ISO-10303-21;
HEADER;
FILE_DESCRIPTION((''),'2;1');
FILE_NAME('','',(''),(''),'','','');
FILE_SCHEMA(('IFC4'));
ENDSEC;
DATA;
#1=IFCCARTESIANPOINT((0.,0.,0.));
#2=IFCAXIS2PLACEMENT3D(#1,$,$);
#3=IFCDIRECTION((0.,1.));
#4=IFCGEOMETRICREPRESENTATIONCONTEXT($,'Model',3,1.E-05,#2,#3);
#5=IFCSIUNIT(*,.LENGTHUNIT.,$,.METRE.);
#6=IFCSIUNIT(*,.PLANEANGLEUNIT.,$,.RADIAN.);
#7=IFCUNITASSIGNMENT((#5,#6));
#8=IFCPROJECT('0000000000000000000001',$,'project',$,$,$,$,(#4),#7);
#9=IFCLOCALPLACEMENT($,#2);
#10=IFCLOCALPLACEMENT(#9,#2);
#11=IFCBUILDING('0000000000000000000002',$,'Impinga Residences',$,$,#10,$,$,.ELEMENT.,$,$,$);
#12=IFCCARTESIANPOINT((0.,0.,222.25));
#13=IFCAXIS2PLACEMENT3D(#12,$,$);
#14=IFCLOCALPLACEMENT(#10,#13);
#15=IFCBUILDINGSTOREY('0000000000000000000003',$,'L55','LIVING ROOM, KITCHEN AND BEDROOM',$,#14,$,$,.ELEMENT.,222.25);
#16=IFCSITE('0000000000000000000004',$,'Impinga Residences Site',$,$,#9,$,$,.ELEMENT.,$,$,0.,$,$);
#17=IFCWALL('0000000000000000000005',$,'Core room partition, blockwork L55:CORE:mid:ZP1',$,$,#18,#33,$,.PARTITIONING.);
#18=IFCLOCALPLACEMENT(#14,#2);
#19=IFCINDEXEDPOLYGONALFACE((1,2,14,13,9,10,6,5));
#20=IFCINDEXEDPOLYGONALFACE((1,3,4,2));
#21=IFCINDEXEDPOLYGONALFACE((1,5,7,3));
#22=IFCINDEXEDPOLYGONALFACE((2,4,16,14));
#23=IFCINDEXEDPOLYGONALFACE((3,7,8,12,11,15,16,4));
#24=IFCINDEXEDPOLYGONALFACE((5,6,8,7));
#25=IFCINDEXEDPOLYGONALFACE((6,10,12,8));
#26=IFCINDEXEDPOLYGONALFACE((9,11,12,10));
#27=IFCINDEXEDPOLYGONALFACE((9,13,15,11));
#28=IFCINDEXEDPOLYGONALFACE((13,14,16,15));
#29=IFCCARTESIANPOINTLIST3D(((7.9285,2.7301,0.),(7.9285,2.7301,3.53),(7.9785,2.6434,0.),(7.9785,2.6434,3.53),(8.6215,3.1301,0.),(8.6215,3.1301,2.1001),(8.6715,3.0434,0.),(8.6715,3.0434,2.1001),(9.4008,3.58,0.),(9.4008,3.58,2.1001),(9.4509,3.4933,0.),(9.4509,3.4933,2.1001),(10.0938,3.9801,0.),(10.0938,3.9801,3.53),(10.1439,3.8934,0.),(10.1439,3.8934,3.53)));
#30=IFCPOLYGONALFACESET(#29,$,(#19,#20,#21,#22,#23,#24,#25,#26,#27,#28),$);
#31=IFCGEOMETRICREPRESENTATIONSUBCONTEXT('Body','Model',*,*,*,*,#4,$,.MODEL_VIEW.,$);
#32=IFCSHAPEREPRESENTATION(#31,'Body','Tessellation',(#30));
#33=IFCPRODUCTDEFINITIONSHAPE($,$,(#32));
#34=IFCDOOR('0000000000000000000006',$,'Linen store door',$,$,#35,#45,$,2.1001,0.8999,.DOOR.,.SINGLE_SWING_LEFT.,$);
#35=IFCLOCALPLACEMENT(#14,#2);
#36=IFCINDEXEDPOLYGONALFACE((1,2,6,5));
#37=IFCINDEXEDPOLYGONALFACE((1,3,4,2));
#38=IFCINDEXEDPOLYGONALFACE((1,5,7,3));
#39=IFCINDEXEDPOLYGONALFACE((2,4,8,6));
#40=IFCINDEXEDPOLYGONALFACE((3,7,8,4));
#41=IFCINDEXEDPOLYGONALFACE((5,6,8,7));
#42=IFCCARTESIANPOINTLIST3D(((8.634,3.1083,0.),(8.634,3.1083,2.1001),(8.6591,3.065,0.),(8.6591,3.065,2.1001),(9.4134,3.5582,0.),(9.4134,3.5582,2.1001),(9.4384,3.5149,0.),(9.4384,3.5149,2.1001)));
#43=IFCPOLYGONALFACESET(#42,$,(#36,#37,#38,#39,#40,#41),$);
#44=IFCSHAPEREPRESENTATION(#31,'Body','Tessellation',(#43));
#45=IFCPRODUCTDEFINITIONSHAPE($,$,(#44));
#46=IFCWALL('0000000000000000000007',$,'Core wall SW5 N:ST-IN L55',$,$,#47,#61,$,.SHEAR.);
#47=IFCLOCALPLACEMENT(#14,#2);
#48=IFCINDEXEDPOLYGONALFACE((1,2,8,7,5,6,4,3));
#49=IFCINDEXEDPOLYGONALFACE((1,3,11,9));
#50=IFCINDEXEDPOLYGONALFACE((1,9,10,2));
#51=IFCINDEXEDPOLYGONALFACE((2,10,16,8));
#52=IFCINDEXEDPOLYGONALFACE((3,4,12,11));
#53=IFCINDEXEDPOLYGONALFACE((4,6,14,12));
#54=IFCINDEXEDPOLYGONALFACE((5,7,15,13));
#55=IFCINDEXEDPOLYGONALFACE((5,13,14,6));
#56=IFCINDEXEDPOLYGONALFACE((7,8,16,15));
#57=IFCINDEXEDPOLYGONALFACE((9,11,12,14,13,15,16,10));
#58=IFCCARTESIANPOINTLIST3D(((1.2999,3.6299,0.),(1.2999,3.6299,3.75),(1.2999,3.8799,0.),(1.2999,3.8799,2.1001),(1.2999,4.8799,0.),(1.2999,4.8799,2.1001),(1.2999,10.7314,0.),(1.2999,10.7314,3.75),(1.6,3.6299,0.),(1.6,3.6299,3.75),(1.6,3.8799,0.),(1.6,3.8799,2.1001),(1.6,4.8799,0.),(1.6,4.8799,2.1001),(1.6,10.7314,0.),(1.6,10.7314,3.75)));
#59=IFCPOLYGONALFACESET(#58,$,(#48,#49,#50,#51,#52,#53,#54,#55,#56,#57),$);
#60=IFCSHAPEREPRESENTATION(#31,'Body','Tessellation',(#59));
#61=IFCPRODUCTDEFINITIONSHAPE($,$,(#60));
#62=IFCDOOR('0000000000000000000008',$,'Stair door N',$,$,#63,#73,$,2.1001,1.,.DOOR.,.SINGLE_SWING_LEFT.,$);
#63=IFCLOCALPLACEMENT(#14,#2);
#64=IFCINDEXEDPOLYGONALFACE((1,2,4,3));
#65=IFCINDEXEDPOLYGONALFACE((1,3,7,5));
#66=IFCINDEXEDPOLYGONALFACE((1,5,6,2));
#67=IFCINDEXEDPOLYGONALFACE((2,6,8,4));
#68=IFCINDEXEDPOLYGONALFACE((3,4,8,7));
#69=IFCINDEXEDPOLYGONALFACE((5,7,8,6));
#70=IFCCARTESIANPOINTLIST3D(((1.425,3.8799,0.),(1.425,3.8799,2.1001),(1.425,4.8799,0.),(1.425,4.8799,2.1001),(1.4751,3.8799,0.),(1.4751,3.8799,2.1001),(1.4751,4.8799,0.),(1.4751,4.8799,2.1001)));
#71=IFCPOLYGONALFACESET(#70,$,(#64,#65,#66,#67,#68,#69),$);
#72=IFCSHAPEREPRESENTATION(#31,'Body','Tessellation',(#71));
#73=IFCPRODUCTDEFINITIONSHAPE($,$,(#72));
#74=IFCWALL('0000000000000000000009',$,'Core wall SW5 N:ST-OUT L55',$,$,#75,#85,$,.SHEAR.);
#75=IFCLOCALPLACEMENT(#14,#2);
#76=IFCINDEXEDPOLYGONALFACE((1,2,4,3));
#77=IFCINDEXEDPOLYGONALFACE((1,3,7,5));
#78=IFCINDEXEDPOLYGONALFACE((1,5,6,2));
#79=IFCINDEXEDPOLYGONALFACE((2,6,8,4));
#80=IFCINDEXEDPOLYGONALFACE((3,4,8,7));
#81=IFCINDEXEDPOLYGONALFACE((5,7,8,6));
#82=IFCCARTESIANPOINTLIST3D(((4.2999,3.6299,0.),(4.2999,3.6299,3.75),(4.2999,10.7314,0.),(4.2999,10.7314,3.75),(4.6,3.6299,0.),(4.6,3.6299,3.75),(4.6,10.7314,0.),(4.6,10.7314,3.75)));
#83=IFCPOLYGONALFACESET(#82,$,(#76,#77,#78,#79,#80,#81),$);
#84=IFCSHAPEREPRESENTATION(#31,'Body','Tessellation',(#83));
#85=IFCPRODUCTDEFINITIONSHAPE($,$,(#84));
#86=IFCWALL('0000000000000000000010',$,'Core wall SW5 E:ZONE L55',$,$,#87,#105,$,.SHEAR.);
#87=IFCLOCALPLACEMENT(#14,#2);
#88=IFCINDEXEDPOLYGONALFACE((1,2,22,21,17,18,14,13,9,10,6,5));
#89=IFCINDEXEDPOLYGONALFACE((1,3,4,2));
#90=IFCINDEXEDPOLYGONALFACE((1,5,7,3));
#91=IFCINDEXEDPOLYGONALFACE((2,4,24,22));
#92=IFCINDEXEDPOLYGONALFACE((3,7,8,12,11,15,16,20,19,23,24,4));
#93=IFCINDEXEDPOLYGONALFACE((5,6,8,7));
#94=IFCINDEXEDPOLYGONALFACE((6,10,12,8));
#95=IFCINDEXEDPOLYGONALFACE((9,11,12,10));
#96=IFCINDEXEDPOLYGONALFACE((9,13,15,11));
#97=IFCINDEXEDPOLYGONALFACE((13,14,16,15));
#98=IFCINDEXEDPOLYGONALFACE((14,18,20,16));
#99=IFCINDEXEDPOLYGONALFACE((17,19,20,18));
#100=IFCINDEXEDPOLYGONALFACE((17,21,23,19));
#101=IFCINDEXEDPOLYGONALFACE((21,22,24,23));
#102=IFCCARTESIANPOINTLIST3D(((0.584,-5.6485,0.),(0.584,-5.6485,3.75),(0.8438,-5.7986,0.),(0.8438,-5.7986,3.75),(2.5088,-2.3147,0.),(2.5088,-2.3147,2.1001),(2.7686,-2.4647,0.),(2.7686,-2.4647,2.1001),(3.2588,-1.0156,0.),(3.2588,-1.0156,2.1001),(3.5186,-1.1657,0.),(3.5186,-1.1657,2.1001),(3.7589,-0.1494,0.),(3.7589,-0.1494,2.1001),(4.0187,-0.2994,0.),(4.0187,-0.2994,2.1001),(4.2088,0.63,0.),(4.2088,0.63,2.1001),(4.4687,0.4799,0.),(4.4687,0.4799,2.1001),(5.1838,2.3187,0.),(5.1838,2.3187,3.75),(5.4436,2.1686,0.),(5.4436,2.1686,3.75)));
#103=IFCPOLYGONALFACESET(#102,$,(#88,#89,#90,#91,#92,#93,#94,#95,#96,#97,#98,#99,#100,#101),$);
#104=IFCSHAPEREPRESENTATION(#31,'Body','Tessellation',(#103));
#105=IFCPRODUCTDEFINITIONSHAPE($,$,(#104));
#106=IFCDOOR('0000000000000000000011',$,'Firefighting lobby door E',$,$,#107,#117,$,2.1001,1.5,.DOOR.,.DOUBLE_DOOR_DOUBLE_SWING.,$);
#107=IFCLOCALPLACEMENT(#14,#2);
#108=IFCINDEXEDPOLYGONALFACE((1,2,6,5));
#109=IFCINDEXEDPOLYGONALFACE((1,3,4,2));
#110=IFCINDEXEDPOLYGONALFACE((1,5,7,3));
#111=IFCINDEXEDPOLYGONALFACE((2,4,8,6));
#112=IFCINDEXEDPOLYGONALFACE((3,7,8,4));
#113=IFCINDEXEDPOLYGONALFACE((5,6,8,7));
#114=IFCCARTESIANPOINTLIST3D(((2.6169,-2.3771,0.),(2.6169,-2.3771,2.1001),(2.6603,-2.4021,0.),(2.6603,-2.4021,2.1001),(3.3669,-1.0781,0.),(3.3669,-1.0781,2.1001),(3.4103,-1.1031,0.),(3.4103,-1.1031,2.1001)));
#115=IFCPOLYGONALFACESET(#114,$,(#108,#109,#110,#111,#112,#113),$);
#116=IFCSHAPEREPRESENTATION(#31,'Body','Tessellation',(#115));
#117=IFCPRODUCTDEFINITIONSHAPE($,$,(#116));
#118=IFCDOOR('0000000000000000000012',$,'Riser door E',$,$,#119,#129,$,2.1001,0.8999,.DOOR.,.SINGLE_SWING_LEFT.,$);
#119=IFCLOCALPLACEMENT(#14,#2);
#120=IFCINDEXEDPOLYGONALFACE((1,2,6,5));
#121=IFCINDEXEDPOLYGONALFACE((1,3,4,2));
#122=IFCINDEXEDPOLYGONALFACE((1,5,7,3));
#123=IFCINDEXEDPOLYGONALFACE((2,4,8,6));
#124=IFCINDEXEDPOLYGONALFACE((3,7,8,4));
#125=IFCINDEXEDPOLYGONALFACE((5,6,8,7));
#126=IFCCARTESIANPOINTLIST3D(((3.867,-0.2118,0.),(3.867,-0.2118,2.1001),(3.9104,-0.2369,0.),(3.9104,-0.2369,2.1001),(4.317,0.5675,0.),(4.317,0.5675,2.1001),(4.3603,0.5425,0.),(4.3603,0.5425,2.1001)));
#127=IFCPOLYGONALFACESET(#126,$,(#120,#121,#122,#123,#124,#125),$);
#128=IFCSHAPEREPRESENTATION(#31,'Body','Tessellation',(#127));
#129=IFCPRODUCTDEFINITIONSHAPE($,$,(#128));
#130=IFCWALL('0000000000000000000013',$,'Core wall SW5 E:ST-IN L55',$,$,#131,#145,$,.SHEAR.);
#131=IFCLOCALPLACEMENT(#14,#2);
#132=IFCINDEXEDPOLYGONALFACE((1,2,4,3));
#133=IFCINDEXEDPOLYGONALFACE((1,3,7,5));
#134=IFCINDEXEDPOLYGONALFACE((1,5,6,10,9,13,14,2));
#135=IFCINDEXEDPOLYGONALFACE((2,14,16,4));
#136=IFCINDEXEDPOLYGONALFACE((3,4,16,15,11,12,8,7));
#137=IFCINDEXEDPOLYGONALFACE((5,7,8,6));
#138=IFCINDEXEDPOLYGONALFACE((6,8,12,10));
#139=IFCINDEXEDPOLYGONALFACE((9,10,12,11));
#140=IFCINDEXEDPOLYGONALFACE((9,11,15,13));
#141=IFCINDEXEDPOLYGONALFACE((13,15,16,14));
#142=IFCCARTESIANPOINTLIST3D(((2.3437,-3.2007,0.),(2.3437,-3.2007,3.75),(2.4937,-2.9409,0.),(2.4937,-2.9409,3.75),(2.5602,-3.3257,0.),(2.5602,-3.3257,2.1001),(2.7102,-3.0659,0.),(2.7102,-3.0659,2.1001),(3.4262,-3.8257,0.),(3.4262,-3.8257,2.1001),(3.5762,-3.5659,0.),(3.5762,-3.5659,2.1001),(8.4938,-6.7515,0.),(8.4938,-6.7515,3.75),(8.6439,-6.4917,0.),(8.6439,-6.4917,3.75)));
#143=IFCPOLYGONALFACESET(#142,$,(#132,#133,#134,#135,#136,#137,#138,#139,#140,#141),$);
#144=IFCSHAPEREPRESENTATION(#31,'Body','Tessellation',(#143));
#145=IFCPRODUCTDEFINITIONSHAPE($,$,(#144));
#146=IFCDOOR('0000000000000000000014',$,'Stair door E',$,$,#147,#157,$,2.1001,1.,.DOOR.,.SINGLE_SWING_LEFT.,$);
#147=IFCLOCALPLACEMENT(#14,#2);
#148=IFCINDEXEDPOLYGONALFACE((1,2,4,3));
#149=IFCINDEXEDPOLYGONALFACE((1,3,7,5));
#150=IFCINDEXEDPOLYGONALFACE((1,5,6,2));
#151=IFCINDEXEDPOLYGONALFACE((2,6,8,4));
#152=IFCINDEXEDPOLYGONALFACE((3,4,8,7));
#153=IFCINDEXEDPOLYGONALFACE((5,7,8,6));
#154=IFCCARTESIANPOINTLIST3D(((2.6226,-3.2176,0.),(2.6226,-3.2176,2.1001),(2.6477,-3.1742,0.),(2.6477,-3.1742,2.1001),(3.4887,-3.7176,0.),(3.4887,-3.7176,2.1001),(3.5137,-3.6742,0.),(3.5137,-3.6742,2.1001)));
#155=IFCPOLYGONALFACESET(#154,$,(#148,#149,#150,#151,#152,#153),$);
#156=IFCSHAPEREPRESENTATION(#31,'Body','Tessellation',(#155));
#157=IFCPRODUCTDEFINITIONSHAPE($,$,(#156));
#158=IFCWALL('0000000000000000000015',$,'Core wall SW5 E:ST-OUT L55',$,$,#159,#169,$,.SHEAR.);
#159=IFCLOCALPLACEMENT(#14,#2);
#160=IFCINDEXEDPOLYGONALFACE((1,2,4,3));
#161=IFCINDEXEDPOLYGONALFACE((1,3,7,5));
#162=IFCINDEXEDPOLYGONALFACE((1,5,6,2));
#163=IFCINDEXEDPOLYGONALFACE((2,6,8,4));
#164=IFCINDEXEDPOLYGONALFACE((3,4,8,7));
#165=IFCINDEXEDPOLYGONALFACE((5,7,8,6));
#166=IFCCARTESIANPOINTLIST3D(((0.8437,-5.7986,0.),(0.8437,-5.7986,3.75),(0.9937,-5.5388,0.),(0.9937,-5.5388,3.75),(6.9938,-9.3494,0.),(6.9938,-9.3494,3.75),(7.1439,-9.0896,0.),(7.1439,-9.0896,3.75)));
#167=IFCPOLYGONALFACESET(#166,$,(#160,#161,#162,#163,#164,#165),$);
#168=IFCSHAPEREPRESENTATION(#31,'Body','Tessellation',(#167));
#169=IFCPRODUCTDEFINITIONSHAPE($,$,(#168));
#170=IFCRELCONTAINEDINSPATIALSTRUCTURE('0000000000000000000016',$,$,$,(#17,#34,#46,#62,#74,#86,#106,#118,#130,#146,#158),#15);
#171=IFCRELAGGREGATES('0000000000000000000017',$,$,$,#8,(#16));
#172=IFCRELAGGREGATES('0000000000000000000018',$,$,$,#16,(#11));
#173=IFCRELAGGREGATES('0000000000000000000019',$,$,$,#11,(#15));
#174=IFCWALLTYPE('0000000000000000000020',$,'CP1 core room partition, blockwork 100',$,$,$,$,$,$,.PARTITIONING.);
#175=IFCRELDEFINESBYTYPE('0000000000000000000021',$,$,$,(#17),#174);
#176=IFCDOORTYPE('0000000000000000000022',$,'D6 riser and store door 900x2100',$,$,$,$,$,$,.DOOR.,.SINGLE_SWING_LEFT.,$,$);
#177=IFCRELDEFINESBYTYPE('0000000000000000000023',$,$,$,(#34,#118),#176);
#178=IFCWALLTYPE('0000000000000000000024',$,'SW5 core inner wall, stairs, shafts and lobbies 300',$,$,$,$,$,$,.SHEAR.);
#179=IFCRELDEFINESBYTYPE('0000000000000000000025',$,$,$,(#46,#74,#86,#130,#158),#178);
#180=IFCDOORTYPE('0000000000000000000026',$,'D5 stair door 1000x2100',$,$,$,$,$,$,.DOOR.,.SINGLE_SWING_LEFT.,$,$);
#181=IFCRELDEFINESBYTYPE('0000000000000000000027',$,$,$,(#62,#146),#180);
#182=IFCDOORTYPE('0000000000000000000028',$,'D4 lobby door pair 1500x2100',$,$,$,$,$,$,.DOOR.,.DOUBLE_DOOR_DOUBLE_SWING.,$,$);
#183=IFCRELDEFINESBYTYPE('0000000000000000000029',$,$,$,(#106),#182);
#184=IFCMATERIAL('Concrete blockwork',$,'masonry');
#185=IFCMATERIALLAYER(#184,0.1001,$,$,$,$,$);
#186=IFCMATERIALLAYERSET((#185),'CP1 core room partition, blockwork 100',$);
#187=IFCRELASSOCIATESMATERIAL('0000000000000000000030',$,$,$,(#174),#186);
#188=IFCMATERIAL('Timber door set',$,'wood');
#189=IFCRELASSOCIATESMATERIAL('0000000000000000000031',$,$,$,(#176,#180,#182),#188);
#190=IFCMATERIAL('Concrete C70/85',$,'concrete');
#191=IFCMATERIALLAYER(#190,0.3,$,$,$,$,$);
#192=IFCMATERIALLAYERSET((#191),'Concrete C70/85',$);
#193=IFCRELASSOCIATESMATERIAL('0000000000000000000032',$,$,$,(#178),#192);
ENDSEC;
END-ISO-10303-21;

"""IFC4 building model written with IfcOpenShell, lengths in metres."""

from ifc_helpers import new_model, si_unit, direction, frame, frame_2d, origin, place, context, subcontext, project, spatial, rectangle, extrude, material, layer, layer_set, type_object, element, fill, save


model = new_model("IFC4")

# Units and contexts
model_context = context("Model", 3, precision=1e-05, world=origin(), true_north=direction((0.0, 1.0)))
body_context = subcontext(model_context, "Body", "Model", "MODEL_VIEW")
ifc_project = project(units=[si_unit("LENGTHUNIT", "METRE"), si_unit("PLANEANGLEUNIT", "RADIAN")], contexts=[model_context])

# Site, building, storey
site_placement = place(None, origin())
site = spatial("IfcSite", under=ifc_project, at=site_placement, Name="Impinga Residences Site", CompositionType="ELEMENT", RefElevation=0.0)
building_placement = place(site_placement, origin())
building = spatial("IfcBuilding", under=site, at=building_placement, Name="Impinga Residences", CompositionType="ELEMENT")
storey_placement = place(building_placement, frame((0.0, 0.0, 222.25)))
storey = spatial("IfcBuildingStorey", under=building, at=storey_placement, Name="L55", Description="LIVING ROOM, KITCHEN AND BEDROOM", CompositionType="ELEMENT", Elevation=222.25)

# Walls, openings, doors
ifc_material_1 = material(Name="Concrete blockwork", Category="masonry")
ifc_layer_1 = layer(ifc_material_1, 0.1001)
ifc_layer_set_1 = layer_set([ifc_layer_1], Name="CP1 core room partition, blockwork 100")
wall_type_1 = type_object("IfcWallType", Name="CP1 core room partition, blockwork 100", PredefinedType="PARTITIONING", material=ifc_layer_set_1)
wall_1_placement = place(storey_placement, frame((7.9536, 2.6868, 0.0), z_axis=(0.0, 0.0, 1.0), x_axis=(0.866047, 0.499962, 0.0)))
wall_1 = element("IfcWall", 1, at=wall_1_placement, inside=storey, type_object=wall_type_1, Name="Core room partition, blockwork L55:CORE:mid:ZP1", PredefinedType="PARTITIONING", context=body_context, shape_type="SweptSolid", body=[
    extrude(rectangle(XDim=2.5002, YDim=0.1001, at=frame_2d((1.25, 0.0))), origin(), (0.0, 0.0, 1.0), 3.53),
])
opening_1_placement = place(wall_1_placement, frame((0.8, 0.0, 0.0)))
opening_1 = element("IfcOpeningElement", 2, at=opening_1_placement, cuts=wall_1, PredefinedType="OPENING", context=body_context, shape_type="SweptSolid", body=[
    extrude(rectangle(XDim=0.8999, YDim=2.1001, at=frame_2d((0.45, 1.05))), frame((0.0, 0.0601, 0.0), z_axis=(0.0, -1.0, 0.0), x_axis=(1.0, 0.0, 0.0)), (0.0, 0.0, 1.0), 0.1201),
])
ifc_material_2 = material(Name="Timber door set", Category="wood")
door_type_1 = type_object("IfcDoorType", Name="D6 riser and store door 900x2100", OperationType="SINGLE_SWING_LEFT", PredefinedType="DOOR", material=ifc_material_2)
door_1_placement = place(opening_1_placement, origin())
door_1 = element("IfcDoor", 3, at=door_1_placement, inside=storey, type_object=door_type_1, Name="Linen store door", OperationType="SINGLE_SWING_LEFT", OverallHeight=2.1001, OverallWidth=0.8999, PredefinedType="DOOR", context=body_context, shape_type="SweptSolid", body=[
    extrude(rectangle(XDim=0.8999, YDim=2.1001, at=frame_2d((0.45, 1.05))), frame((0.0, 0.0249, 0.0), z_axis=(0.0, -1.0, 0.0), x_axis=(1.0, 0.0, 0.0)), (0.0, 0.0, 1.0), 0.05),
])
fill(opening_1, door_1)
ifc_material_3 = material(Name="Concrete C70/85", Category="concrete")
ifc_layer_2 = layer(ifc_material_3, 0.3)
ifc_layer_set_2 = layer_set([ifc_layer_2], Name="Concrete C70/85")
wall_type_2 = type_object("IfcWallType", Name="SW5 core inner wall, stairs, shafts and lobbies 300", PredefinedType="SHEAR", material=ifc_layer_set_2)
wall_2_placement = place(storey_placement, frame((1.45, 3.6299, 0.0), z_axis=(0.0, 0.0, 1.0), x_axis=(0.0, 1.0, 0.0)))
wall_2 = element("IfcWall", 4, at=wall_2_placement, inside=storey, type_object=wall_type_2, Name="Core wall SW5 N:ST-IN L55", PredefinedType="SHEAR", context=body_context, shape_type="SweptSolid", body=[
    extrude(rectangle(XDim=7.1016, YDim=0.3, at=frame_2d((3.5508, 0.0))), origin(), (0.0, 0.0, 1.0), 3.75),
])
opening_2_placement = place(wall_2_placement, frame((0.25, 0.0, 0.0)))
opening_2 = element("IfcOpeningElement", 5, at=opening_2_placement, cuts=wall_2, PredefinedType="OPENING", context=body_context, shape_type="SweptSolid", body=[
    extrude(rectangle(XDim=1.0, YDim=2.1001, at=frame_2d((0.5, 1.05))), frame((0.0, 0.1599, 0.0), z_axis=(0.0, -1.0, 0.0), x_axis=(1.0, 0.0, 0.0)), (0.0, 0.0, 1.0), 0.3201),
])
door_type_2 = type_object("IfcDoorType", Name="D5 stair door 1000x2100", OperationType="SINGLE_SWING_LEFT", PredefinedType="DOOR", material=ifc_material_2)
door_2_placement = place(opening_2_placement, origin())
door_2 = element("IfcDoor", 6, at=door_2_placement, inside=storey, type_object=door_type_2, Name="Stair door N", OperationType="SINGLE_SWING_LEFT", OverallHeight=2.1001, OverallWidth=1.0, PredefinedType="DOOR", context=body_context, shape_type="SweptSolid", body=[
    extrude(rectangle(XDim=1.0, YDim=2.1001, at=frame_2d((0.5, 1.05))), frame((0.0, 0.0249, 0.0), z_axis=(0.0, -1.0, 0.0), x_axis=(1.0, 0.0, 0.0)), (0.0, 0.0, 1.0), 0.05),
])
fill(opening_2, door_2)

# Wall
wall_3_placement = place(storey_placement, frame((4.45, 3.6299, 0.0), z_axis=(0.0, 0.0, 1.0), x_axis=(0.0, 1.0, 0.0)))
element("IfcWall", 7, at=wall_3_placement, inside=storey, type_object=wall_type_2, Name="Core wall SW5 N:ST-OUT L55", PredefinedType="SHEAR", context=body_context, shape_type="SweptSolid", body=[
    extrude(rectangle(XDim=7.1016, YDim=0.3, at=frame_2d((3.5508, 0.0))), origin(), (0.0, 0.0, 1.0), 3.75),
])

# Wall, openings, doors
wall_4_placement = place(storey_placement, frame((5.3137, 2.2437, 0.0), z_axis=(0.0, 0.0, 1.0), x_axis=(-0.499995, -0.866028, 0.0)))
wall_4 = element("IfcWall", 8, at=wall_4_placement, inside=storey, type_object=wall_type_2, Name="Core wall SW5 E:ZONE L55", PredefinedType="SHEAR", context=body_context, shape_type="SweptSolid", body=[
    extrude(rectangle(XDim=9.1997, YDim=0.3, at=frame_2d((4.5999, 0.0))), origin(), (0.0, 0.0, 1.0), 3.75),
])
opening_3_placement = place(wall_4_placement, frame((3.8501, 0.0, 0.0)))
opening_3 = element("IfcOpeningElement", 9, at=opening_3_placement, cuts=wall_4, PredefinedType="OPENING", context=body_context, shape_type="SweptSolid", body=[
    extrude(rectangle(XDim=1.5, YDim=2.1001, at=frame_2d((0.75, 1.05))), frame((0.0, 0.1599, 0.0), z_axis=(0.0, -1.0, 0.0), x_axis=(1.0, 0.0, 0.0)), (0.0, 0.0, 1.0), 0.3201),
])
opening_4_placement = place(wall_4_placement, frame((1.95, 0.0, 0.0)))
opening_4 = element("IfcOpeningElement", 10, at=opening_4_placement, cuts=wall_4, PredefinedType="OPENING", context=body_context, shape_type="SweptSolid", body=[
    extrude(rectangle(XDim=0.8999, YDim=2.1001, at=frame_2d((0.45, 1.05))), frame((0.0, 0.1599, 0.0), z_axis=(0.0, -1.0, 0.0), x_axis=(1.0, 0.0, 0.0)), (0.0, 0.0, 1.0), 0.3201),
])
door_type_3 = type_object("IfcDoorType", Name="D4 lobby door pair 1500x2100", OperationType="DOUBLE_DOOR_DOUBLE_SWING", PredefinedType="DOOR", material=ifc_material_2)
door_3_placement = place(opening_3_placement, origin())
door_3 = element("IfcDoor", 11, at=door_3_placement, inside=storey, type_object=door_type_3, Name="Firefighting lobby door E", OperationType="DOUBLE_DOOR_DOUBLE_SWING", OverallHeight=2.1001, OverallWidth=1.5, PredefinedType="DOOR", context=body_context, shape_type="SweptSolid", body=[
    extrude(rectangle(XDim=1.5, YDim=2.1001, at=frame_2d((0.75, 1.05))), frame((0.0, 0.0249, 0.0), z_axis=(0.0, -1.0, 0.0), x_axis=(1.0, 0.0, 0.0)), (0.0, 0.0, 1.0), 0.05),
])
fill(opening_3, door_3)
door_4_placement = place(opening_4_placement, origin())
door_4 = element("IfcDoor", 12, at=door_4_placement, inside=storey, type_object=door_type_1, Name="Riser door E", OperationType="SINGLE_SWING_LEFT", OverallHeight=2.1001, OverallWidth=0.8999, PredefinedType="DOOR", context=body_context, shape_type="SweptSolid", body=[
    extrude(rectangle(XDim=0.8999, YDim=2.1001, at=frame_2d((0.45, 1.05))), frame((0.0, 0.0249, 0.0), z_axis=(0.0, -1.0, 0.0), x_axis=(1.0, 0.0, 0.0)), (0.0, 0.0, 1.0), 0.05),
])
fill(opening_4, door_4)

# Wall, opening, door
wall_5_placement = place(storey_placement, frame((2.4187, -3.0708, 0.0), z_axis=(0.0, 0.0, 1.0), x_axis=(0.866026, -0.499999, 0.0)))
wall_5 = element("IfcWall", 13, at=wall_5_placement, inside=storey, type_object=wall_type_2, Name="Core wall SW5 E:ST-IN L55", PredefinedType="SHEAR", context=body_context, shape_type="SweptSolid", body=[
    extrude(rectangle(XDim=7.1016, YDim=0.3, at=frame_2d((3.5508, 0.0))), origin(), (0.0, 0.0, 1.0), 3.75),
])
opening_5_placement = place(wall_5_placement, frame((0.25, 0.0, 0.0)))
opening_5 = element("IfcOpeningElement", 14, at=opening_5_placement, cuts=wall_5, PredefinedType="OPENING", context=body_context, shape_type="SweptSolid", body=[
    extrude(rectangle(XDim=1.0, YDim=2.1001, at=frame_2d((0.5, 1.05))), frame((0.0, 0.1599, 0.0), z_axis=(0.0, -1.0, 0.0), x_axis=(1.0, 0.0, 0.0)), (0.0, 0.0, 1.0), 0.3201),
])
door_5_placement = place(opening_5_placement, origin())
door_5 = element("IfcDoor", 15, at=door_5_placement, inside=storey, type_object=door_type_2, Name="Stair door E", OperationType="SINGLE_SWING_LEFT", OverallHeight=2.1001, OverallWidth=1.0, PredefinedType="DOOR", context=body_context, shape_type="SweptSolid", body=[
    extrude(rectangle(XDim=1.0, YDim=2.1001, at=frame_2d((0.5, 1.05))), frame((0.0, 0.0249, 0.0), z_axis=(0.0, -1.0, 0.0), x_axis=(1.0, 0.0, 0.0)), (0.0, 0.0, 1.0), 0.05),
])
fill(opening_5, door_5)

# Wall
wall_6_placement = place(storey_placement, frame((0.9187, -5.6687, 0.0), z_axis=(0.0, 0.0, 1.0), x_axis=(0.866026, -0.499999, 0.0)))
element("IfcWall", 16, at=wall_6_placement, inside=storey, type_object=wall_type_2, Name="Core wall SW5 E:ST-OUT L55", PredefinedType="SHEAR", context=body_context, shape_type="SweptSolid", body=[
    extrude(rectangle(XDim=7.1016, YDim=0.3, at=frame_2d((3.5508, 0.0))), origin(), (0.0, 0.0, 1.0), 3.75),
])

save(model, "model.ifc")
